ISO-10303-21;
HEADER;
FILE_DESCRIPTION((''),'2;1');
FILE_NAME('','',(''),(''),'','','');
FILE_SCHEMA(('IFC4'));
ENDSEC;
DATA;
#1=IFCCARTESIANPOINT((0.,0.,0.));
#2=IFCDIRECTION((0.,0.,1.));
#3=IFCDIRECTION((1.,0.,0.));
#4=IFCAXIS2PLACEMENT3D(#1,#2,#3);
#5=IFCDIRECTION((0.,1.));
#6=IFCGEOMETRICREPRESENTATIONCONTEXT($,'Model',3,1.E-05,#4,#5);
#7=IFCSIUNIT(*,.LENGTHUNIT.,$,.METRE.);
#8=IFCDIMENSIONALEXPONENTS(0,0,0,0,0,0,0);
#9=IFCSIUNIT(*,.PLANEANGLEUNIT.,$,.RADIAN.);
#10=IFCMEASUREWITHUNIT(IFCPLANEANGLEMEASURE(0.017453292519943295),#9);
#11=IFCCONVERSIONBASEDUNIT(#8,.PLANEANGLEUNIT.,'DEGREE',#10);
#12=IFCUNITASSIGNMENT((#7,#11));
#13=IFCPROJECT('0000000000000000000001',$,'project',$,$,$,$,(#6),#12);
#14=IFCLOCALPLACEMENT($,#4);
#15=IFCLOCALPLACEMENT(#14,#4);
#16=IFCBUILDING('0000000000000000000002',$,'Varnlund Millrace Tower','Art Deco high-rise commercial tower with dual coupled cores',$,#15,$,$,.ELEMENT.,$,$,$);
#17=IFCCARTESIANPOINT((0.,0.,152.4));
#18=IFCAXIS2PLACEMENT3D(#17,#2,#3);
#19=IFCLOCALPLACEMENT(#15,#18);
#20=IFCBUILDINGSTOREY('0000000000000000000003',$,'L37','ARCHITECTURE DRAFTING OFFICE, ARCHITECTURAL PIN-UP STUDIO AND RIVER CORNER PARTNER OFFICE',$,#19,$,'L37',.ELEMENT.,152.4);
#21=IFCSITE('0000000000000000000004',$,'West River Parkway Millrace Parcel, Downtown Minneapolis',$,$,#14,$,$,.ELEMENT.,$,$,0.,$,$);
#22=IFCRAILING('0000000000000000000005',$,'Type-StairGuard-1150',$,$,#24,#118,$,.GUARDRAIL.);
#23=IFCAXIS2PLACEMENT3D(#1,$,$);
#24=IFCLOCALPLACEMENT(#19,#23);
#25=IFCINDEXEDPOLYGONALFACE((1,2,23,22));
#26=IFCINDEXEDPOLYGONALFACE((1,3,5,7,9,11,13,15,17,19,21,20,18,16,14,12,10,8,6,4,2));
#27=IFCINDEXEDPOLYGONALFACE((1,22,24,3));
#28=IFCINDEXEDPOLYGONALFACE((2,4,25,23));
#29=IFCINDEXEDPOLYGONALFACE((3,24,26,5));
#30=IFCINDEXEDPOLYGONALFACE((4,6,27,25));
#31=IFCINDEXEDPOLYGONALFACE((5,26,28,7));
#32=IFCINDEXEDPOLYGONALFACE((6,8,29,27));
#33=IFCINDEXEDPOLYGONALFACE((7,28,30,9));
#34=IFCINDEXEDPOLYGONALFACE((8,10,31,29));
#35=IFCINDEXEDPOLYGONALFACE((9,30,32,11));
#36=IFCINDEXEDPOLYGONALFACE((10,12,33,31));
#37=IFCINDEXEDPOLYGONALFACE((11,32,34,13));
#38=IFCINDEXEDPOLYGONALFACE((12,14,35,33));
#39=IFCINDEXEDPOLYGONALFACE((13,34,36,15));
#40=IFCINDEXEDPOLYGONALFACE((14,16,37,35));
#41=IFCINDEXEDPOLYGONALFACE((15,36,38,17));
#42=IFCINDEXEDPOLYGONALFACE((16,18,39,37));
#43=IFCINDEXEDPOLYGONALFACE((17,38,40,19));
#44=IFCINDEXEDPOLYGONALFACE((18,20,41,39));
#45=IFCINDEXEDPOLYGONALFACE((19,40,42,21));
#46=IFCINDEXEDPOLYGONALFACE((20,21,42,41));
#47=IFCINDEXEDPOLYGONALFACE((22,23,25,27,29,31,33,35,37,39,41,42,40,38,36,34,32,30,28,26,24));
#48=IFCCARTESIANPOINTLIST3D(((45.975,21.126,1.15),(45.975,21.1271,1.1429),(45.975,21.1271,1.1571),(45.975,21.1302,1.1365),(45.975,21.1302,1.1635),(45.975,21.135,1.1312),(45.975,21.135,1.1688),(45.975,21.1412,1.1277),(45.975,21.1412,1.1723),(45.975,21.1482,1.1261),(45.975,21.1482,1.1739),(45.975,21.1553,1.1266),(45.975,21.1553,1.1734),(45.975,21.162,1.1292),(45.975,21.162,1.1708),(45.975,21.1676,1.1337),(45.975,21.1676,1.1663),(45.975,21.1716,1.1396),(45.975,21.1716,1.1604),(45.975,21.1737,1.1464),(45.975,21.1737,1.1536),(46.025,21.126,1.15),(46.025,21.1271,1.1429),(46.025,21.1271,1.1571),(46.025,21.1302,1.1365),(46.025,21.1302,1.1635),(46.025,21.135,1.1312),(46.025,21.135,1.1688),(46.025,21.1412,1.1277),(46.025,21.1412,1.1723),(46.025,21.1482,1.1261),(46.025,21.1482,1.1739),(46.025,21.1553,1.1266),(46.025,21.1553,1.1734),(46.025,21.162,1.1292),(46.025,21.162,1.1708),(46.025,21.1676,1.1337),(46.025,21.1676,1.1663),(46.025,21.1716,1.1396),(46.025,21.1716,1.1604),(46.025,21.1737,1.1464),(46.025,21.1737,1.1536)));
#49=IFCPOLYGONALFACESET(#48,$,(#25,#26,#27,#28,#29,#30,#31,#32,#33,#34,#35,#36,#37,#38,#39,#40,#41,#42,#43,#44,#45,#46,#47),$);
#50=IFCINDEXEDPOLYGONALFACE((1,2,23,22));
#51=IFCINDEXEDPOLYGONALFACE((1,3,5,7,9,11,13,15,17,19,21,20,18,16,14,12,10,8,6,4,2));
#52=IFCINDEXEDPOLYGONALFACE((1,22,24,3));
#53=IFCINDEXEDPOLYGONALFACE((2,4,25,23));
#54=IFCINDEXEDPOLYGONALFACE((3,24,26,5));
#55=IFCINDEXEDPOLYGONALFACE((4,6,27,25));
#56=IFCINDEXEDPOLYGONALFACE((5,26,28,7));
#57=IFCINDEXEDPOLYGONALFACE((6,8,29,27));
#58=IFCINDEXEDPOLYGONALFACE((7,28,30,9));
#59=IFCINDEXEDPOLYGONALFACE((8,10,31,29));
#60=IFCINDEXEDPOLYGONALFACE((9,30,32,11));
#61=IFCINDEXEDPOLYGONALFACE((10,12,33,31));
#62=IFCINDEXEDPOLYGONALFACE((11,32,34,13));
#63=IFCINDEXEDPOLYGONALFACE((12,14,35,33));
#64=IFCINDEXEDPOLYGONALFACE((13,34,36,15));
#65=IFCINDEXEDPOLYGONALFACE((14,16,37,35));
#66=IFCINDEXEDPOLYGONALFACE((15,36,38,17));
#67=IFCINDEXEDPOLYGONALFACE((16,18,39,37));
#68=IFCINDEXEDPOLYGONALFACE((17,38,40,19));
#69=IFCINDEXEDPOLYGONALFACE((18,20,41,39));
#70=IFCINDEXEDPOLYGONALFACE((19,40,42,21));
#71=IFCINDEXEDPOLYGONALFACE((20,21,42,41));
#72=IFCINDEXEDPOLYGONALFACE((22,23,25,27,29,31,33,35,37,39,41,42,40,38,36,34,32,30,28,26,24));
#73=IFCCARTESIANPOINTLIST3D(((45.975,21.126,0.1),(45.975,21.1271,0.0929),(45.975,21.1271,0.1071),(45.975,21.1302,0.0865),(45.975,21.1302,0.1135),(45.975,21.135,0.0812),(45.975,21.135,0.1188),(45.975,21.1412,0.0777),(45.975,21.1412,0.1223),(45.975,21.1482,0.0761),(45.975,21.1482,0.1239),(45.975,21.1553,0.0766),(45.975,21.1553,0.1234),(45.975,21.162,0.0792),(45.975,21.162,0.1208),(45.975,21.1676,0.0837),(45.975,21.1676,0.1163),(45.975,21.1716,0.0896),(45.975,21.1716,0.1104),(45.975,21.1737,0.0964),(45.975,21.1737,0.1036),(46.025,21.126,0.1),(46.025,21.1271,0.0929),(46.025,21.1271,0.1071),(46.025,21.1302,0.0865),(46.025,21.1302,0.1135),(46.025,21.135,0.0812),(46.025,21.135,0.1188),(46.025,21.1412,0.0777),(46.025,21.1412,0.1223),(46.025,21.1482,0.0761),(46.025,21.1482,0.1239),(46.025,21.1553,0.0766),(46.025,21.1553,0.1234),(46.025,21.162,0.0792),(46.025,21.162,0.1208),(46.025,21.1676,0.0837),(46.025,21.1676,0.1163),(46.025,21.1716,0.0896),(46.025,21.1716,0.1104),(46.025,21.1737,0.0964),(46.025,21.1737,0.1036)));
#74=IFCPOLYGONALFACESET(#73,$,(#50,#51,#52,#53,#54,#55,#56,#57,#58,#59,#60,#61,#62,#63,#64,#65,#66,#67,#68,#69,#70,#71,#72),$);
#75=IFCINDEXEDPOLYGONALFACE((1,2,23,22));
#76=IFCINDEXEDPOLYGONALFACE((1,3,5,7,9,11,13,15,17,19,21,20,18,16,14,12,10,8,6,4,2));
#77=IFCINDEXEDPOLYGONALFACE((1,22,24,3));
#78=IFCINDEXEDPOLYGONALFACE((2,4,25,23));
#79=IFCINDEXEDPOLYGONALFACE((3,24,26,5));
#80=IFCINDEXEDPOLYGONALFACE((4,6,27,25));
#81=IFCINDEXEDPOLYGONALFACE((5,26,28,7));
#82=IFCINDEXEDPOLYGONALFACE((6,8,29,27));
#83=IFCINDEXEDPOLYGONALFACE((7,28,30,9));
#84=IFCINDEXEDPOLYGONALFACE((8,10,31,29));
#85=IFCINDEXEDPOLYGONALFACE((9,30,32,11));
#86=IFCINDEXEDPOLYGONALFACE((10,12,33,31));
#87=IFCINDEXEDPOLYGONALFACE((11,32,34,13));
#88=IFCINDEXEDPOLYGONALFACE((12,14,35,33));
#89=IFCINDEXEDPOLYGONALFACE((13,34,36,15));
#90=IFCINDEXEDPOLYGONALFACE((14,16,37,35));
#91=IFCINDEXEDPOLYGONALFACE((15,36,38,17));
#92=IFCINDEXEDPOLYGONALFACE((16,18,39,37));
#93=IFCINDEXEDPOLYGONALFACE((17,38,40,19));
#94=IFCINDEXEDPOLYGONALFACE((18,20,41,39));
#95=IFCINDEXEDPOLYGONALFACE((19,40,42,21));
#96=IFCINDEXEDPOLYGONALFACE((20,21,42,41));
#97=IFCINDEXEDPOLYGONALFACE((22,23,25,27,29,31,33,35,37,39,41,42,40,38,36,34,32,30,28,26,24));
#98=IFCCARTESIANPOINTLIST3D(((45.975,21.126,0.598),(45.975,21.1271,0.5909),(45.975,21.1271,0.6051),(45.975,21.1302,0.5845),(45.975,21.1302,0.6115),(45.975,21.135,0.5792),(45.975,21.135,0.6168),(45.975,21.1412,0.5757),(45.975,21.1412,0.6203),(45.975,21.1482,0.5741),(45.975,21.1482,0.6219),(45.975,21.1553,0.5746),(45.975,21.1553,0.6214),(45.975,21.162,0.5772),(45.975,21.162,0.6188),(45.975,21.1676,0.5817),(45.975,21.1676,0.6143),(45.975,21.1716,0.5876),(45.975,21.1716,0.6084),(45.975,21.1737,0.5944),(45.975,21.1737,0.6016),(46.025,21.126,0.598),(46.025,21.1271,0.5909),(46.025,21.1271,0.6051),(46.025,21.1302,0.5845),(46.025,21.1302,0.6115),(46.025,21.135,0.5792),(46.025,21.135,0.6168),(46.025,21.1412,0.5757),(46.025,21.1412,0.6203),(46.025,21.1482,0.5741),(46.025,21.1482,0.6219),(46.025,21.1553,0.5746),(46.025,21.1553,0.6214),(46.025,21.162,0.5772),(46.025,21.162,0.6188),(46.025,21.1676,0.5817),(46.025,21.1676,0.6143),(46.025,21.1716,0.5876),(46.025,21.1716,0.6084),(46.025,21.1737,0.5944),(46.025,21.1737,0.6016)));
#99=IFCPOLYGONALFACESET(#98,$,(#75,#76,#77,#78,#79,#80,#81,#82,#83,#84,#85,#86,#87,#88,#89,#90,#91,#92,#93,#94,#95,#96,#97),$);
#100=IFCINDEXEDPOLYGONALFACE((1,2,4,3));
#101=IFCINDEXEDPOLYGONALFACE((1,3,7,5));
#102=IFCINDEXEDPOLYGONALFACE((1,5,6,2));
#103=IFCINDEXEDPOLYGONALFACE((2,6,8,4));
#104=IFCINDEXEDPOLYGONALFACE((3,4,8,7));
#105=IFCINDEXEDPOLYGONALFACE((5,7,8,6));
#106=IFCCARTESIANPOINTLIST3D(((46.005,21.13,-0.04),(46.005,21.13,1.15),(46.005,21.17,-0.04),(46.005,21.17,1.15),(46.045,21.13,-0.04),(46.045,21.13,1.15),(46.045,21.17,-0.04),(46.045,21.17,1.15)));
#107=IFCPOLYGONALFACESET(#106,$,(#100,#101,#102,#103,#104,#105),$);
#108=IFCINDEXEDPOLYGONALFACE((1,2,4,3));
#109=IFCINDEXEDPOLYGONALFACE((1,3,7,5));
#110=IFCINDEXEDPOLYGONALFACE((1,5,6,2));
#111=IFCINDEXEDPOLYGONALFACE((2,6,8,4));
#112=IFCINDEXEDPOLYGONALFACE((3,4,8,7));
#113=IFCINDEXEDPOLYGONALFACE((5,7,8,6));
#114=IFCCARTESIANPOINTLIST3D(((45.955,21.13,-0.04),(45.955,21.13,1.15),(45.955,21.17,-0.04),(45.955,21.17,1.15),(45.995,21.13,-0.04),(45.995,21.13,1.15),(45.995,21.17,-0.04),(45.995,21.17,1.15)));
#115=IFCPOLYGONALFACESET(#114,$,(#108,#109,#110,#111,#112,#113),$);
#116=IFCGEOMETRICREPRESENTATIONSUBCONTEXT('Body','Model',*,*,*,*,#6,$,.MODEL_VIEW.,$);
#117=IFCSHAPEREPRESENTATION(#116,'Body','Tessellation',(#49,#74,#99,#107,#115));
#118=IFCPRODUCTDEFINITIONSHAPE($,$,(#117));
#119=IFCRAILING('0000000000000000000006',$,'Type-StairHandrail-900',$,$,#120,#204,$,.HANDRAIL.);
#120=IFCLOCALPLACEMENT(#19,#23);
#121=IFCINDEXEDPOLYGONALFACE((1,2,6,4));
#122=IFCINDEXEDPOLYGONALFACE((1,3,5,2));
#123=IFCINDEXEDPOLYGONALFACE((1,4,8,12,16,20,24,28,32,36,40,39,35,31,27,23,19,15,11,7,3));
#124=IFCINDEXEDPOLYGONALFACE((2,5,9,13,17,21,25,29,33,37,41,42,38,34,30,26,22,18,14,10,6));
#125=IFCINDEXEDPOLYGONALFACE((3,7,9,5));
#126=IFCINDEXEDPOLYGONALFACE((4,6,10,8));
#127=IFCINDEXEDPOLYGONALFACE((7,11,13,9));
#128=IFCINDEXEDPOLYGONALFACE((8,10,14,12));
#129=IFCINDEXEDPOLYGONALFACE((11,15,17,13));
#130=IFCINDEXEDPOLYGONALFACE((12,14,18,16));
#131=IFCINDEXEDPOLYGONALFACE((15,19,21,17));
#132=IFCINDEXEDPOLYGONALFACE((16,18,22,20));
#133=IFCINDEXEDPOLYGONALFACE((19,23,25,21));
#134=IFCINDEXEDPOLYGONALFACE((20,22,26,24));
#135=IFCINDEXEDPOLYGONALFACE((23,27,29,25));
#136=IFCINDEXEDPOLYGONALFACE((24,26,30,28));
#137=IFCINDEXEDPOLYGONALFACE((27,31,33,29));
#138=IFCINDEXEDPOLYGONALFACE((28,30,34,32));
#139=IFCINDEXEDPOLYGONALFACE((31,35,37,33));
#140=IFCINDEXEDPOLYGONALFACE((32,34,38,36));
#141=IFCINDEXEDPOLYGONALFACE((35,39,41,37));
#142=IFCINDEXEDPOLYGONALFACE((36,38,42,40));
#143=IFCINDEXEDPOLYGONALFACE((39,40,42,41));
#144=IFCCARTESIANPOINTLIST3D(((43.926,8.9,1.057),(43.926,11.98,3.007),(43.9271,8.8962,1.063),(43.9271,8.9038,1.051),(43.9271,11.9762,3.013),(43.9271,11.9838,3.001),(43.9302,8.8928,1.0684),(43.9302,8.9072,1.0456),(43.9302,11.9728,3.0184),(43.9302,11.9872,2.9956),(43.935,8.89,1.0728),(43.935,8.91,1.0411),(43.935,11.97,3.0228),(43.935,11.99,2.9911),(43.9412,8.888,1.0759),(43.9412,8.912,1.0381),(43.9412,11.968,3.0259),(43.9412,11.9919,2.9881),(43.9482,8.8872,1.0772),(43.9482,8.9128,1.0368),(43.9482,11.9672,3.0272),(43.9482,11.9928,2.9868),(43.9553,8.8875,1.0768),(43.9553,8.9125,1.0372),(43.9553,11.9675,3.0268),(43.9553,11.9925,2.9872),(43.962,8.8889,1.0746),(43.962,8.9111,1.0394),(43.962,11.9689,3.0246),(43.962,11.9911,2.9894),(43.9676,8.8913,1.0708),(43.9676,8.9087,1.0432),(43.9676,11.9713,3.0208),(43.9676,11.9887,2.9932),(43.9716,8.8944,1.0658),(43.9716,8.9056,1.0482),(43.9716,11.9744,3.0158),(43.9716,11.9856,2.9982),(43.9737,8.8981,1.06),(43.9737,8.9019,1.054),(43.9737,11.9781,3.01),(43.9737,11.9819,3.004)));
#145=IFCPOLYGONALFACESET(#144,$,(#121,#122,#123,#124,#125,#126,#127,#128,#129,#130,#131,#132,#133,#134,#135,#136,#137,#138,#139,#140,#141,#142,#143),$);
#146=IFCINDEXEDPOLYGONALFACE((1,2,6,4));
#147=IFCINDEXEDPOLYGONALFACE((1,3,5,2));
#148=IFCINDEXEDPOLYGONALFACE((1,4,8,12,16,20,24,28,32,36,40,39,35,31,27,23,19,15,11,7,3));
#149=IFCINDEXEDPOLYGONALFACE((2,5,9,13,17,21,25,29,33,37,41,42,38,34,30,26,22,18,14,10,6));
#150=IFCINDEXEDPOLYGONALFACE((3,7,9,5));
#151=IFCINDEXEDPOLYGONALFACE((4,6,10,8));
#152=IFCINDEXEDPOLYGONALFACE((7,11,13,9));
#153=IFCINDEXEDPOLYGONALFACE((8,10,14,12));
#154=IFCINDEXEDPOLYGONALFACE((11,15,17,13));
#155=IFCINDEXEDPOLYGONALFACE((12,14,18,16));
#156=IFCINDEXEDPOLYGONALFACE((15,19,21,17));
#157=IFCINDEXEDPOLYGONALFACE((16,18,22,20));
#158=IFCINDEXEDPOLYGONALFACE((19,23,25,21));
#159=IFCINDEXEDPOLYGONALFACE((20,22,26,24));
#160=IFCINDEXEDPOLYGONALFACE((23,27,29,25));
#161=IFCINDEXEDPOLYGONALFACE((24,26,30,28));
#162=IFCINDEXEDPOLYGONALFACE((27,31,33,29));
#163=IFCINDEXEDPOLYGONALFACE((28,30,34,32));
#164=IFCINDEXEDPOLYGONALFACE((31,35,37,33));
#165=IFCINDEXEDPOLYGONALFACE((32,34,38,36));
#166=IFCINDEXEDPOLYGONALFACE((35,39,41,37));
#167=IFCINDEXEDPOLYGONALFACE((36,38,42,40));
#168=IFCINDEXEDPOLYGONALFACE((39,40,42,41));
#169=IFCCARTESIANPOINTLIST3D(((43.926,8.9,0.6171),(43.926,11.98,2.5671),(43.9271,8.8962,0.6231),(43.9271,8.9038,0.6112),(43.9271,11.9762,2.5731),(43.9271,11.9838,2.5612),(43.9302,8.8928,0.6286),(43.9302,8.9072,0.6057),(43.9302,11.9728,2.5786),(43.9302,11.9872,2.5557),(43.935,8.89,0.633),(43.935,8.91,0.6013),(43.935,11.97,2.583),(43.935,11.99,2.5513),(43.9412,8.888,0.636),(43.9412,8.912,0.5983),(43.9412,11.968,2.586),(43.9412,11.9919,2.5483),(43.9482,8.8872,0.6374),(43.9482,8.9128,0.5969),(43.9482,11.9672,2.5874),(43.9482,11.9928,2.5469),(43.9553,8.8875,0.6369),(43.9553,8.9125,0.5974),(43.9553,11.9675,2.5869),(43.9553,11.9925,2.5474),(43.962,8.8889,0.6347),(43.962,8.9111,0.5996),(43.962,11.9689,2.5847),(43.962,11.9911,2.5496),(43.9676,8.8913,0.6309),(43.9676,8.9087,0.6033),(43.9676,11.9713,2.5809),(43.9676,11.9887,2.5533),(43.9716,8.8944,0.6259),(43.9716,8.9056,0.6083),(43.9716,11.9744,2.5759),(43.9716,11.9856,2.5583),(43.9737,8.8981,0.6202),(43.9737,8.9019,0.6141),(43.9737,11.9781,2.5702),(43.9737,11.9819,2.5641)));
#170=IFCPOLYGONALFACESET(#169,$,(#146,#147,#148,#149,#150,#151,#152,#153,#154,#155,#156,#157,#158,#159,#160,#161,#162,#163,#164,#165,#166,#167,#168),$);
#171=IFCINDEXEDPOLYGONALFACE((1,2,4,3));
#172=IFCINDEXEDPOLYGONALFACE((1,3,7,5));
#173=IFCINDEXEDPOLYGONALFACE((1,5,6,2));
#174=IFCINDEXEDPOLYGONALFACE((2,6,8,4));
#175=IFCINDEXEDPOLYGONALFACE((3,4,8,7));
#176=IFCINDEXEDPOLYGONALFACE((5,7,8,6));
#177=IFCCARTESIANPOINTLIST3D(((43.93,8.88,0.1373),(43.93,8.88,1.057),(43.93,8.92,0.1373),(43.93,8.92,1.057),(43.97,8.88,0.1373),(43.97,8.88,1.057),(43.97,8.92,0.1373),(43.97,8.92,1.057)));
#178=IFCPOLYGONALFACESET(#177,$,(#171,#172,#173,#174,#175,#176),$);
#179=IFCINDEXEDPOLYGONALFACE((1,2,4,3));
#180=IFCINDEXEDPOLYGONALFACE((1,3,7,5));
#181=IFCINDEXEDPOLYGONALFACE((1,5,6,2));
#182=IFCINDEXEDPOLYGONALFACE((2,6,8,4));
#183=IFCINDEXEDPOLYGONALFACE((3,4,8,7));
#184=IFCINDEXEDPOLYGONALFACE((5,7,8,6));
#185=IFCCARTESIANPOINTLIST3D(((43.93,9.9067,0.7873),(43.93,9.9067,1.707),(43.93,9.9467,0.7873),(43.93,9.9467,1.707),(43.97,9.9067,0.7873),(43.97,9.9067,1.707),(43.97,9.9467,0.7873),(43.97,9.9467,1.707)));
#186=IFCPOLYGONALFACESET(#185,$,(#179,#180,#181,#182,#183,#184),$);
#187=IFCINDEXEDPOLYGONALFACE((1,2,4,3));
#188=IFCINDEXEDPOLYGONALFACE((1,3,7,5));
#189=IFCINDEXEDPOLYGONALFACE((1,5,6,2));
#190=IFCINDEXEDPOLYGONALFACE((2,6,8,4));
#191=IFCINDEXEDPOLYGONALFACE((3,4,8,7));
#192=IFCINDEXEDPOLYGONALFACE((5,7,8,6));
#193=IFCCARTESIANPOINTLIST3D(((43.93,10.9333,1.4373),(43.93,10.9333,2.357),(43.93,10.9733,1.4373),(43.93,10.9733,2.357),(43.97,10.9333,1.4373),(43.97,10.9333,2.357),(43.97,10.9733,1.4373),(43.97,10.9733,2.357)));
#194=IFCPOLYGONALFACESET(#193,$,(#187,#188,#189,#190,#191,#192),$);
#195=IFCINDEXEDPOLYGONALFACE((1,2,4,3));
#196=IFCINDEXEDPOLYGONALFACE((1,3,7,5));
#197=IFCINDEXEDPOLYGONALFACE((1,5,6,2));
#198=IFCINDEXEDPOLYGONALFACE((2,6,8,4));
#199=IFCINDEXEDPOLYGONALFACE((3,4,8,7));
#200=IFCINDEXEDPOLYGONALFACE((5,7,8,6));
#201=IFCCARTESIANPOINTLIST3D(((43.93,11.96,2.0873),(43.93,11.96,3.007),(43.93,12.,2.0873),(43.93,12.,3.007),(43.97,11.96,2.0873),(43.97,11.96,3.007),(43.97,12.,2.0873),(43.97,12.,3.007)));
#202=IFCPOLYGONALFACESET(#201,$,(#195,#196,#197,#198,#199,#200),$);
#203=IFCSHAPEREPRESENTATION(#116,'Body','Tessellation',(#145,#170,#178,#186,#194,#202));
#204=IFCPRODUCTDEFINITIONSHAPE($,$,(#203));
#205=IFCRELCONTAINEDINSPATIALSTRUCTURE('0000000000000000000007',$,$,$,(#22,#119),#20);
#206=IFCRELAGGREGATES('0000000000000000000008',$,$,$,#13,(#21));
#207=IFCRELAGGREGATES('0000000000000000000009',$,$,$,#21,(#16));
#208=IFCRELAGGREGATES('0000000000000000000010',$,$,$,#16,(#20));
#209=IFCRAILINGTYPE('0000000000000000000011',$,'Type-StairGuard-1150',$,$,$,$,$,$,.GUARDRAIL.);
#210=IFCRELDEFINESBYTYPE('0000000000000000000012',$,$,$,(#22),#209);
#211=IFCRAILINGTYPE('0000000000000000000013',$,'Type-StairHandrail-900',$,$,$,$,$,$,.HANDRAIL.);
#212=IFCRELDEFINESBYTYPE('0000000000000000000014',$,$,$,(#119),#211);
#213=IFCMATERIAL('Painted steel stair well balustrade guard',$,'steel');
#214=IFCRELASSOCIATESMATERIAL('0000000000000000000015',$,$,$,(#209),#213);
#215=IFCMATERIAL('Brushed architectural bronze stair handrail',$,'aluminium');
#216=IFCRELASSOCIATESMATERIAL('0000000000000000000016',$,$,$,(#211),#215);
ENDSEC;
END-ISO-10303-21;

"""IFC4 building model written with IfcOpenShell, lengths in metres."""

from ifc_helpers import new_model, entity, si_unit, converted_unit, direction, frame, origin_with_axes, origin_2d_with_axis, place, context, subcontext, project, spatial, rectangle, circle, extrude, material, type_object, element, save


model = new_model("IFC4")

# Units and contexts
model_context = context("Model", 3, precision=1e-05, world=origin_with_axes(), true_north=direction((0.0, 1.0)))
body_context = subcontext(model_context, "Body", "Model", "MODEL_VIEW")
ifc_project = project(units=[si_unit("LENGTHUNIT", "METRE"), converted_unit("PLANEANGLEUNIT", "DEGREE", entity("IfcPlaneAngleMeasure", 0.017453292519943295), si_unit("PLANEANGLEUNIT", "RADIAN"), dimensions=[0, 0, 0, 0, 0, 0, 0])], contexts=[model_context])

# Site, building, storey
site_placement = place(None, origin_with_axes())
site = spatial("IfcSite", under=ifc_project, at=site_placement, Name="West River Parkway Millrace Parcel, Downtown Minneapolis", CompositionType="ELEMENT", RefElevation=0.0)
building_placement = place(site_placement, origin_with_axes())
building = spatial("IfcBuilding", under=site, at=building_placement, Name="Varnlund Millrace Tower", Description="Art Deco high-rise commercial tower with dual coupled cores", CompositionType="ELEMENT")
storey_placement = place(building_placement, frame((0.0, 0.0, 152.4), z_axis=(0.0, 0.0, 1.0), x_axis=(1.0, 0.0, 0.0)))
storey = spatial("IfcBuildingStorey", under=building, at=storey_placement, Name="L37", Description="ARCHITECTURE DRAFTING OFFICE, ARCHITECTURAL PIN-UP STUDIO AND RIVER CORNER PARTNER OFFICE", LongName="L37", CompositionType="ELEMENT", Elevation=152.4)

# Railings
ifc_material_1 = material(Name="Painted steel stair well balustrade guard", Category="steel")
railing_type_1 = type_object("IfcRailingType", Name="Type-StairGuard-1150", PredefinedType="GUARDRAIL", material=ifc_material_1)
railing_1_placement = place(storey_placement, frame((0.0, 0.0, -152.4), z_axis=(0.0, 0.0, 1.0), x_axis=(1.0, 0.0, 0.0)))
element("IfcRailing", 1, at=railing_1_placement, inside=storey, type_object=railing_type_1, Name="Type-StairGuard-1150", PredefinedType="GUARDRAIL", context=body_context, shape_type="SweptSolid", body=[
    extrude(circle(Radius=0.024, at=origin_2d_with_axis()), frame((46.025, 21.15, 153.55), z_axis=(-1.0, 0.0, 0.0), x_axis=(0.0, -1.0, 0.0)), (0.0, 0.0, 1.0), 0.05),
    extrude(circle(Radius=0.024, at=origin_2d_with_axis()), frame((46.025, 21.15, 152.5), z_axis=(-1.0, 0.0, 0.0), x_axis=(0.0, -1.0, 0.0)), (0.0, 0.0, 1.0), 0.05),
    extrude(circle(Radius=0.024, at=origin_2d_with_axis()), frame((46.025, 21.15, 152.998), z_axis=(-1.0, 0.0, 0.0), x_axis=(0.0, -1.0, 0.0)), (0.0, 0.0, 1.0), 0.05),
    extrude(rectangle(XDim=0.04, YDim=0.04, at=origin_2d_with_axis()), frame((46.025, 21.15, 152.36), z_axis=(0.0, 0.0, 1.0), x_axis=(1.0, 0.0, 0.0)), (0.0, 0.0, 1.0), 1.19),
    extrude(rectangle(XDim=0.04, YDim=0.04, at=origin_2d_with_axis()), frame((45.975, 21.15, 152.36), z_axis=(0.0, 0.0, 1.0), x_axis=(1.0, 0.0, 0.0)), (0.0, 0.0, 1.0), 1.19),
])
ifc_material_2 = material(Name="Brushed architectural bronze stair handrail", Category="aluminium")
railing_type_2 = type_object("IfcRailingType", Name="Type-StairHandrail-900", PredefinedType="HANDRAIL", material=ifc_material_2)
railing_2_placement = place(storey_placement, frame((0.0, 0.0, -152.4), z_axis=(0.0, 0.0, 1.0), x_axis=(1.0, 0.0, 0.0)))
element("IfcRailing", 2, at=railing_2_placement, inside=storey, type_object=railing_type_2, Name="Type-StairHandrail-900", PredefinedType="HANDRAIL", context=body_context, shape_type="SweptSolid", body=[
    extrude(circle(Radius=0.024, at=origin_2d_with_axis()), frame((43.95, 8.9, 153.457), z_axis=(0.0, 0.844902, 0.534922), x_axis=(-1.0, 0.0, 0.0)), (0.0, 0.0, 1.0), 3.6454),
    extrude(circle(Radius=0.024, at=origin_2d_with_axis()), frame((43.95, 8.9, 153.0171), z_axis=(0.0, 0.844902, 0.534922), x_axis=(-1.0, 0.0, 0.0)), (0.0, 0.0, 1.0), 3.6454),
    extrude(rectangle(XDim=0.04, YDim=0.04, at=origin_2d_with_axis()), frame((43.95, 8.9, 152.5373), z_axis=(0.0, 0.0, 1.0), x_axis=(1.0, 0.0, 0.0)), (0.0, 0.0, 1.0), 0.9197),
    extrude(rectangle(XDim=0.04, YDim=0.04, at=origin_2d_with_axis()), frame((43.95, 9.9267, 153.1873), z_axis=(0.0, 0.0, 1.0), x_axis=(1.0, 0.0, 0.0)), (0.0, 0.0, 1.0), 0.9197),
    extrude(rectangle(XDim=0.04, YDim=0.04, at=origin_2d_with_axis()), frame((43.95, 10.9533, 153.8373), z_axis=(0.0, 0.0, 1.0), x_axis=(1.0, 0.0, 0.0)), (0.0, 0.0, 1.0), 0.9197),
    extrude(rectangle(XDim=0.04, YDim=0.04, at=origin_2d_with_axis()), frame((43.95, 11.98, 154.4873), z_axis=(0.0, 0.0, 1.0), x_axis=(1.0, 0.0, 0.0)), (0.0, 0.0, 1.0), 0.9197),
])

save(model, "model.ifc")
